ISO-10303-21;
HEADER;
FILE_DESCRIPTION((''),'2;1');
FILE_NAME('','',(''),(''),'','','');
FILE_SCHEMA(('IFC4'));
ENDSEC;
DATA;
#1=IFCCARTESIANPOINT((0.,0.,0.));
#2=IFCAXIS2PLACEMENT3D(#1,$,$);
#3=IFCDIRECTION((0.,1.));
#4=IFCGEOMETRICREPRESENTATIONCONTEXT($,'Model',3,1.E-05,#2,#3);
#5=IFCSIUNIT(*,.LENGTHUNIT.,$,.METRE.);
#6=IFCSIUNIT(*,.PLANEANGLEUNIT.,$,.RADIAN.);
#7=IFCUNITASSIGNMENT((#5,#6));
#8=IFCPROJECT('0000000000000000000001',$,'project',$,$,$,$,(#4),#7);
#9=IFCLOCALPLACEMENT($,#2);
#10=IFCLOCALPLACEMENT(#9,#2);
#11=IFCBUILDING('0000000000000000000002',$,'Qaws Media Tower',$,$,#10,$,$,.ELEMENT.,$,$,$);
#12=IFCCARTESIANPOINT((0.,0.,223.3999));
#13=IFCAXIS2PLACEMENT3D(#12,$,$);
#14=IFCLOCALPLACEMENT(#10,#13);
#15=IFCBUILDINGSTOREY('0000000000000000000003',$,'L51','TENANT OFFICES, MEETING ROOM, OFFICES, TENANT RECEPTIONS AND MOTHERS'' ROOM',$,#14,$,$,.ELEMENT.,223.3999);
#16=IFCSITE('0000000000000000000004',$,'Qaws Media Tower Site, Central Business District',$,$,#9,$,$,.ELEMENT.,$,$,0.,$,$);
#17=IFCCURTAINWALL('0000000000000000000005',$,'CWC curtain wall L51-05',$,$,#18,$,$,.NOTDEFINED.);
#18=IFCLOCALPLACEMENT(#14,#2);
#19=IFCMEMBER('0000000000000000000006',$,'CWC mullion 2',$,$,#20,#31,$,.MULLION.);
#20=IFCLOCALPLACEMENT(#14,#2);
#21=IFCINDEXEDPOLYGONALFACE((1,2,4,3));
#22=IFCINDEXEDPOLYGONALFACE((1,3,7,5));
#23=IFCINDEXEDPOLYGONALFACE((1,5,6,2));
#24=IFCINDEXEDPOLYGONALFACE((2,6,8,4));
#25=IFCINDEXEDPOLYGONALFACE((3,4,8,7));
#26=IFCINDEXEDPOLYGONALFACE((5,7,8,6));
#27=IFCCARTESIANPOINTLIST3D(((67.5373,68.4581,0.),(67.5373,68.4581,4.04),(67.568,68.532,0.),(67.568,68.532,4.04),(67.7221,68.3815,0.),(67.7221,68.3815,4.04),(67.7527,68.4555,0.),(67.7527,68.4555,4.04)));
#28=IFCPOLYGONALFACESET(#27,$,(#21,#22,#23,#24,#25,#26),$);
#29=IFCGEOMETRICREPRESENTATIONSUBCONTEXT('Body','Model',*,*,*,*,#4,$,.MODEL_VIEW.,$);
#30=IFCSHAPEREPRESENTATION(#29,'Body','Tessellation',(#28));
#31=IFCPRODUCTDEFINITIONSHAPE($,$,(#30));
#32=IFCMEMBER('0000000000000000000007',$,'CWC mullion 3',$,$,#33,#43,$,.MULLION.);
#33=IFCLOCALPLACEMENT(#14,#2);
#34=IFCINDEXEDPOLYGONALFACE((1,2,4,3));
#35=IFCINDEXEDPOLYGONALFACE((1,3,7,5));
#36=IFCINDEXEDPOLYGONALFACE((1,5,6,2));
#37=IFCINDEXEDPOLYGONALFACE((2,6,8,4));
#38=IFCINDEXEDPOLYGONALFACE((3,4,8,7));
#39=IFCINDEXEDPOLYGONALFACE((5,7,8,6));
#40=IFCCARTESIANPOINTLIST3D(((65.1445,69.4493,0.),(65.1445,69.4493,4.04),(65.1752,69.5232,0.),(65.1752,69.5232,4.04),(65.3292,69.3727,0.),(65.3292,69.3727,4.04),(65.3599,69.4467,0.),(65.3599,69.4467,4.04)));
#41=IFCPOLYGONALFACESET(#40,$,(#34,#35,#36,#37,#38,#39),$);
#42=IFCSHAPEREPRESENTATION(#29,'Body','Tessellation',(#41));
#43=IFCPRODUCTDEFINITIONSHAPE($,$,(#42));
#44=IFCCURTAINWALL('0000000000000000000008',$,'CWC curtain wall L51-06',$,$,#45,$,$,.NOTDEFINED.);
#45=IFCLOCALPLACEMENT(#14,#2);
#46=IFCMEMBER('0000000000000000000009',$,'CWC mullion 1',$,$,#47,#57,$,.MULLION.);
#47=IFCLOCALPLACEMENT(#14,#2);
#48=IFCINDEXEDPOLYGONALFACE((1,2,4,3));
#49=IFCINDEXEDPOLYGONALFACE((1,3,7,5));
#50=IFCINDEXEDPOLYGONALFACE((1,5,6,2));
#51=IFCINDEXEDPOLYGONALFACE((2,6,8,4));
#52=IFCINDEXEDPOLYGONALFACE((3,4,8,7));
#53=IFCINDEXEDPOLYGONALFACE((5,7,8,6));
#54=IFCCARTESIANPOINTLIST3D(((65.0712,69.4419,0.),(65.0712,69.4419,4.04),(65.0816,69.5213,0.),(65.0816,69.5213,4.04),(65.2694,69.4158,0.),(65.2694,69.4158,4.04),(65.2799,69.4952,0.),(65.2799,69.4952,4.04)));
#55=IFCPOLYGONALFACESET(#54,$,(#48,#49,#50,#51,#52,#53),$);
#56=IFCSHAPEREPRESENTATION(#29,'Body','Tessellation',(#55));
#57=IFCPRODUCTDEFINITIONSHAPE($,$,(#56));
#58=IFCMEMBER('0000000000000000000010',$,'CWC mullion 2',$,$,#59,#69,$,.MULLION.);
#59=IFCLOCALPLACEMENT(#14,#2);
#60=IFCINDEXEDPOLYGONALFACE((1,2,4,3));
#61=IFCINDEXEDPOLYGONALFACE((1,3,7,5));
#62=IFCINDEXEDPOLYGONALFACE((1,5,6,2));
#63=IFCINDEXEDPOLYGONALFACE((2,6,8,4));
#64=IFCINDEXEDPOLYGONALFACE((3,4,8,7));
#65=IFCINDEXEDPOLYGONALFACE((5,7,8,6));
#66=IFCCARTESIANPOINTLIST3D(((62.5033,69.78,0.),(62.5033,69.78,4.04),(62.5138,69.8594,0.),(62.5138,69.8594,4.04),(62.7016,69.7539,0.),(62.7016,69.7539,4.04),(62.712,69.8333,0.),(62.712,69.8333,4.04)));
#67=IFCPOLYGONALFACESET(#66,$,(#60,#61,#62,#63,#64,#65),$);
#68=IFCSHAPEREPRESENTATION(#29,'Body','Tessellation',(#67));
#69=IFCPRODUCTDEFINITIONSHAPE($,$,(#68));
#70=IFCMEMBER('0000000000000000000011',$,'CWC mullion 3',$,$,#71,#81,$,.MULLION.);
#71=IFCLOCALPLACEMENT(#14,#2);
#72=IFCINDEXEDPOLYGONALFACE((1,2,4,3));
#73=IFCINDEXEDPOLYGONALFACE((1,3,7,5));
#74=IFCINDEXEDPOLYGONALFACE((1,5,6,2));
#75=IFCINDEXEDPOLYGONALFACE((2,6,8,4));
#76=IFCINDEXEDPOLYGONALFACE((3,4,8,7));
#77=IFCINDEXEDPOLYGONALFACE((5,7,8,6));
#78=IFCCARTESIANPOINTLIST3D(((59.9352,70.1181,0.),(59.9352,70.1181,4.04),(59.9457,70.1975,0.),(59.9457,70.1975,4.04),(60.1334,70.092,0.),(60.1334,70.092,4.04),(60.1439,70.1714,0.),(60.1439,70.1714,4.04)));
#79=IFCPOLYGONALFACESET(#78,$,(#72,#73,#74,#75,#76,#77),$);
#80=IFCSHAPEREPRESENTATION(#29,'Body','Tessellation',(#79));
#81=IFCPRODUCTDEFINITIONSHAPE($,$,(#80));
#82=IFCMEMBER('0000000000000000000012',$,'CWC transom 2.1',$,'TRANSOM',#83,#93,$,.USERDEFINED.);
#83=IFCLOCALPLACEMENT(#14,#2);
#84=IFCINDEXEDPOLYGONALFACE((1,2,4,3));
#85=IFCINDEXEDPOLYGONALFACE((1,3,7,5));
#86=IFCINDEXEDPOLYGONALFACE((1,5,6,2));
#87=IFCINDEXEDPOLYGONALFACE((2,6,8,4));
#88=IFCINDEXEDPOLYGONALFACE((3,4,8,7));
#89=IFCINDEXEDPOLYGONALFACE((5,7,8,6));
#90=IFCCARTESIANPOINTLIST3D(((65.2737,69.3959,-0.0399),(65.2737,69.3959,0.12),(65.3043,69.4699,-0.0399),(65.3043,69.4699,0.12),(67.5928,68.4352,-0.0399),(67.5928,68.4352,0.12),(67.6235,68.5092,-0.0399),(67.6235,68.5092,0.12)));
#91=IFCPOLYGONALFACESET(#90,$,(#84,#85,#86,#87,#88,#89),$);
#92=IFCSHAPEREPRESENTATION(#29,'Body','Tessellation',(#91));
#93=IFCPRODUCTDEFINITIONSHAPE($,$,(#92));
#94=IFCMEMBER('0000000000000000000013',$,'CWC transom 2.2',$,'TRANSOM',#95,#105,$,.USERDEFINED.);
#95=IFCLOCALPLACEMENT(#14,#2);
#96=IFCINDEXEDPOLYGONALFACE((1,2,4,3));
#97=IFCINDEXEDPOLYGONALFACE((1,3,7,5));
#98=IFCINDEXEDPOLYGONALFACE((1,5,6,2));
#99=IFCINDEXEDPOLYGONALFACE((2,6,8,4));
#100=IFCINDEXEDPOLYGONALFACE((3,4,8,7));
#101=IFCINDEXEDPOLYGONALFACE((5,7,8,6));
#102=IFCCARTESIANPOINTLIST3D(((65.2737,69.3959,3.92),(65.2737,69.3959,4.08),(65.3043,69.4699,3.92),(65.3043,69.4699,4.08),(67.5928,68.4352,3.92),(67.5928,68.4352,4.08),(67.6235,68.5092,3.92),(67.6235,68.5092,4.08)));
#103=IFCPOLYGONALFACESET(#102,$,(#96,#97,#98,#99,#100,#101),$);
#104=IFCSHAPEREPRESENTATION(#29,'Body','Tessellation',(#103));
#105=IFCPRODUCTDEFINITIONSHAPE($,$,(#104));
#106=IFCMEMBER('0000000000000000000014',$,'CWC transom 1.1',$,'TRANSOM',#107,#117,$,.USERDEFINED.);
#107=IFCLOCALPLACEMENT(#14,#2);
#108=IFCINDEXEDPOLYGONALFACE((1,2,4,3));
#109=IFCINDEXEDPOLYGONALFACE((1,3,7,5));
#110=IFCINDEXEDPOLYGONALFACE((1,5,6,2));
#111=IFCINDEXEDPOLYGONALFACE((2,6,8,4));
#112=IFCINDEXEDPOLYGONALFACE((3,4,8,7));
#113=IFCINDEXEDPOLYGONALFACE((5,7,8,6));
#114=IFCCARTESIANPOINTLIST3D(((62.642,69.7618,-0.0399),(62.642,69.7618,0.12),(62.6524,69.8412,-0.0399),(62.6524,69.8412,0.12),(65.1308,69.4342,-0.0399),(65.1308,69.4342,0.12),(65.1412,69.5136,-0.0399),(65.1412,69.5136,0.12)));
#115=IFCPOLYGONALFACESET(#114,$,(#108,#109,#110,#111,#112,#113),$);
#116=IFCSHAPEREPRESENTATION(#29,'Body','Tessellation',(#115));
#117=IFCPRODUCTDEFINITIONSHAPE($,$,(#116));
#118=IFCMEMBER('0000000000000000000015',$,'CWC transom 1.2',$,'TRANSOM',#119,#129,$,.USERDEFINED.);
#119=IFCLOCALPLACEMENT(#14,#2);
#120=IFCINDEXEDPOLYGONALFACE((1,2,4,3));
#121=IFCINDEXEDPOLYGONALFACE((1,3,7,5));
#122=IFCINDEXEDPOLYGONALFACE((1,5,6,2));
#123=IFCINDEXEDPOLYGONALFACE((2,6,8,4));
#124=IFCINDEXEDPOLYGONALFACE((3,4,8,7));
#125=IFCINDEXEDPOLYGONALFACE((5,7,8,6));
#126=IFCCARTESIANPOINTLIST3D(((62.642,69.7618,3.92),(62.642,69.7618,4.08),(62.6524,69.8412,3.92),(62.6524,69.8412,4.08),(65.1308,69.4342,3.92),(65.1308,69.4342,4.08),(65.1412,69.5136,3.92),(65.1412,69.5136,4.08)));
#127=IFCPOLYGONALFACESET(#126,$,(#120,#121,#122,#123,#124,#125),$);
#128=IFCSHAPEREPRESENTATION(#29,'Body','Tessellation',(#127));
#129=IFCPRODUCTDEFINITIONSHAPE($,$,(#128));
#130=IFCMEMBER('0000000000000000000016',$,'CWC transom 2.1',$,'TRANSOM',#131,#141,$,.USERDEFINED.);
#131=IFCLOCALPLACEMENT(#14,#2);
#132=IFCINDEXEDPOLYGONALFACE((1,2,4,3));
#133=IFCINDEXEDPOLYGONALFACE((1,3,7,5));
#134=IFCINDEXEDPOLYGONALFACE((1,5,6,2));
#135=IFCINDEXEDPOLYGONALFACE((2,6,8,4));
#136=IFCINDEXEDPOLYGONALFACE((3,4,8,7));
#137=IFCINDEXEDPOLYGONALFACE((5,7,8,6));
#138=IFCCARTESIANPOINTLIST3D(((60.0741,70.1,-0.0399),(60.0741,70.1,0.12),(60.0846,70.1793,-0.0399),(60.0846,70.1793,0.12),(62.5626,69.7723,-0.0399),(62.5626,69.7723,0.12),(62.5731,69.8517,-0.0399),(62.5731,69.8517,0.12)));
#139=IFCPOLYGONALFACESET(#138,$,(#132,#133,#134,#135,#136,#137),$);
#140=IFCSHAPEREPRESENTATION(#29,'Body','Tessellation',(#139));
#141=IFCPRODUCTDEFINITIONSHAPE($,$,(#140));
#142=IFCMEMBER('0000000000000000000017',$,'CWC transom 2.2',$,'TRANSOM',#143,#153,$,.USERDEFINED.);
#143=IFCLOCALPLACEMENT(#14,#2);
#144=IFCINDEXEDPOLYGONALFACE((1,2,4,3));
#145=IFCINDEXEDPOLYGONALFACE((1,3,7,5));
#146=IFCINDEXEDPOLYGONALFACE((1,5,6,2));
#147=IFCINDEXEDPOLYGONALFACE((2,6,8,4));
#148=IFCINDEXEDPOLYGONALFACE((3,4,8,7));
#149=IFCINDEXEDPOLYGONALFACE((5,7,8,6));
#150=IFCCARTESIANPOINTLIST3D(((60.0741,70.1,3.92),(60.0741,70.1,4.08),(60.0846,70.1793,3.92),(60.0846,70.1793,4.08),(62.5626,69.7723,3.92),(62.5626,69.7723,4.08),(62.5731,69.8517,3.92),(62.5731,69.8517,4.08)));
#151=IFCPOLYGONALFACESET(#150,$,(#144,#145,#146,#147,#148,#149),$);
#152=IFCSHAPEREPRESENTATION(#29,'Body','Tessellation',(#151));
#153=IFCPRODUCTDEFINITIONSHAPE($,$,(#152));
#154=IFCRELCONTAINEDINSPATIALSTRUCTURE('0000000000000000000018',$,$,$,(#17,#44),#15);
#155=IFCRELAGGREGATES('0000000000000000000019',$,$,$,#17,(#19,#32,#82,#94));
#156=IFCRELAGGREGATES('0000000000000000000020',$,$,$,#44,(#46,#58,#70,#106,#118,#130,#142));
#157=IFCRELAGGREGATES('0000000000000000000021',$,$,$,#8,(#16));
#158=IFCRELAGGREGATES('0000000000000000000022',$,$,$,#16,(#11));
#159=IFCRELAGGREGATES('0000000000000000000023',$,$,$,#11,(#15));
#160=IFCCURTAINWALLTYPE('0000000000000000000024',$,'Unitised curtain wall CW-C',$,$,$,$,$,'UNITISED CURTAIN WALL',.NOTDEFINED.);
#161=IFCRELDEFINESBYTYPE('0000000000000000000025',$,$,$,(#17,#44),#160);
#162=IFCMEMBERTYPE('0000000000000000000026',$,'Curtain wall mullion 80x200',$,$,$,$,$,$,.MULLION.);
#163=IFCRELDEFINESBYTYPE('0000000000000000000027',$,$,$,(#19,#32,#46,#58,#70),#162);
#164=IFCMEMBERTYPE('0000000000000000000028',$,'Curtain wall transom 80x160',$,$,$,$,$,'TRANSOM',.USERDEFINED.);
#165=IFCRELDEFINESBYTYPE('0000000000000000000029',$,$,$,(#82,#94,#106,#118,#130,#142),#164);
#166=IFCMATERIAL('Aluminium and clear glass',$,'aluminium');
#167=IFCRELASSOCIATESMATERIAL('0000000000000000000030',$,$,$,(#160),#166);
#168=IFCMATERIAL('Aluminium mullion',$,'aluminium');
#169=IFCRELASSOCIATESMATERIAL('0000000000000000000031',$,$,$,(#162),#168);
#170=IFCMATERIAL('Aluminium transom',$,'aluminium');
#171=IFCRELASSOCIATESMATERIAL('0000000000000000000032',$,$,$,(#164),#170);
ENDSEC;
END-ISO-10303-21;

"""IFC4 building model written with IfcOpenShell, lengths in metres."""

from ifc_helpers import new_model, si_unit, direction, frame, origin, origin_2d, place, context, subcontext, project, spatial, rectangle, extrude, material, material_profile, profile_set, type_object, element, aggregate, save


model = new_model("IFC4")

# Units and contexts
model_context = context("Model", 3, precision=1e-05, world=origin(), true_north=direction((0.0, 1.0)))
body_context = subcontext(model_context, "Body", "Model", "MODEL_VIEW")
ifc_project = project(units=[si_unit("LENGTHUNIT", "METRE"), si_unit("PLANEANGLEUNIT", "RADIAN")], contexts=[model_context])

# Site, building, storey
site_placement = place(None, origin())
site = spatial("IfcSite", under=ifc_project, at=site_placement, Name="Qaws Media Tower Site, Central Business District", CompositionType="ELEMENT", RefElevation=0.0)
building_placement = place(site_placement, origin())
building = spatial("IfcBuilding", under=site, at=building_placement, Name="Qaws Media Tower", CompositionType="ELEMENT")
storey_placement = place(building_placement, frame((0.0, 0.0, 223.3999)))
storey = spatial("IfcBuildingStorey", under=building, at=storey_placement, Name="L51", Description="TENANT OFFICES, MEETING ROOM, OFFICES, TENANT RECEPTIONS AND MOTHERS' ROOM", CompositionType="ELEMENT", Elevation=223.3999)

# Curtain walls, members
ifc_material_1 = material(Name="Aluminium and clear glass", Category="aluminium")
curtain_wall_type = type_object("IfcCurtainWallType", Name="Unitised curtain wall CW-C", ElementType="UNITISED CURTAIN WALL", PredefinedType="NOTDEFINED", material=ifc_material_1)
curtain_wall_1_placement = place(storey_placement, origin())
curtain_wall_1 = element("IfcCurtainWall", 1, at=curtain_wall_1_placement, inside=storey, type_object=curtain_wall_type, Name="CWC curtain wall L51-05", PredefinedType="NOTDEFINED")
ifc_material_2 = material(Name="Aluminium mullion", Category="aluminium")
ifc_material_profile_1 = material_profile(ifc_material_2, rectangle(XDim=0.0801, YDim=0.2, at=origin_2d()), Name="80x200")
ifc_profile_set_1 = profile_set([ifc_material_profile_1], Name="Aluminium mullion")
member_type_1 = type_object("IfcMemberType", Name="Curtain wall mullion 80x200", PredefinedType="MULLION", material=ifc_profile_set_1)
member_1_placement = place(storey_placement, frame((67.645, 68.4568, 0.0), z_axis=(0.0, 0.0, 1.0), x_axis=(-0.382683, -0.92388, 0.0)))
member_1 = element("IfcMember", 2, at=member_1_placement, type_object=member_type_1, Name="CWC mullion 2", PredefinedType="MULLION", context=body_context, shape_type="SweptSolid", body=[
    extrude(rectangle(XDim=0.0801, YDim=0.2, at=origin_2d()), origin(), (0.0, 0.0, 1.0), 4.04),
])
member_2_placement = place(storey_placement, frame((65.2522, 69.448, 0.0), z_axis=(0.0, 0.0, 1.0), x_axis=(-0.382683, -0.92388, 0.0)))
member_2 = element("IfcMember", 3, at=member_2_placement, type_object=member_type_1, Name="CWC mullion 3", PredefinedType="MULLION", context=body_context, shape_type="SweptSolid", body=[
    extrude(rectangle(XDim=0.0801, YDim=0.2, at=origin_2d()), origin(), (0.0, 0.0, 1.0), 4.04),
])
curtain_wall_2_placement = place(storey_placement, origin())
curtain_wall_2 = element("IfcCurtainWall", 4, at=curtain_wall_2_placement, inside=storey, type_object=curtain_wall_type, Name="CWC curtain wall L51-06", PredefinedType="NOTDEFINED")
member_3_placement = place(storey_placement, frame((65.1755, 69.4685, 0.0), z_axis=(0.0, 0.0, 1.0), x_axis=(-0.130526, -0.991445, 0.0)))
member_3 = element("IfcMember", 5, at=member_3_placement, type_object=member_type_1, Name="CWC mullion 1", PredefinedType="MULLION", context=body_context, shape_type="SweptSolid", body=[
    extrude(rectangle(XDim=0.0801, YDim=0.2, at=origin_2d()), origin(), (0.0, 0.0, 1.0), 4.04),
])
member_4_placement = place(storey_placement, frame((62.6077, 69.8066, 0.0), z_axis=(0.0, 0.0, 1.0), x_axis=(-0.130526, -0.991445, 0.0)))
member_4 = element("IfcMember", 6, at=member_4_placement, type_object=member_type_1, Name="CWC mullion 2", PredefinedType="MULLION", context=body_context, shape_type="SweptSolid", body=[
    extrude(rectangle(XDim=0.0801, YDim=0.2, at=origin_2d()), origin(), (0.0, 0.0, 1.0), 4.04),
])
member_5_placement = place(storey_placement, frame((60.0396, 70.1448, 0.0), z_axis=(0.0, 0.0, 1.0), x_axis=(-0.130526, -0.991445, 0.0)))
member_5 = element("IfcMember", 7, at=member_5_placement, type_object=member_type_1, Name="CWC mullion 3", PredefinedType="MULLION", context=body_context, shape_type="SweptSolid", body=[
    extrude(rectangle(XDim=0.0801, YDim=0.2, at=origin_2d()), origin(), (0.0, 0.0, 1.0), 4.04),
])

# Members
ifc_material_3 = material(Name="Aluminium transom", Category="aluminium")
ifc_material_profile_2 = material_profile(ifc_material_3, rectangle(XDim=0.0801, YDim=0.1599, at=origin_2d()), Name="80x160")
ifc_profile_set_2 = profile_set([ifc_material_profile_2], Name="Aluminium transom")
member_type_2 = type_object("IfcMemberType", Name="Curtain wall transom 80x160", ElementType="TRANSOM", PredefinedType="USERDEFINED", material=ifc_profile_set_2)
member_6_placement = place(storey_placement, frame((67.6082, 68.4722, 0.04), z_axis=(-0.923866, 0.382715, 0.0), x_axis=(-0.382715, -0.923866, 0.0)))
member_6 = element("IfcMember", 8, at=member_6_placement, type_object=member_type_2, Name="CWC transom 2.1", ObjectType="TRANSOM", PredefinedType="USERDEFINED", context=body_context, shape_type="SweptSolid", body=[
    extrude(rectangle(XDim=0.0801, YDim=0.1599, at=origin_2d()), origin(), (0.0, 0.0, 1.0), 2.5103),
])
member_7_placement = place(storey_placement, frame((67.6082, 68.4722, 4.0), z_axis=(-0.923866, 0.382715, 0.0), x_axis=(-0.382715, -0.923866, 0.0)))
member_7 = element("IfcMember", 9, at=member_7_placement, type_object=member_type_2, Name="CWC transom 2.2", ObjectType="TRANSOM", PredefinedType="USERDEFINED", context=body_context, shape_type="SweptSolid", body=[
    extrude(rectangle(XDim=0.0801, YDim=0.1599, at=origin_2d()), origin(), (0.0, 0.0, 1.0), 2.5103),
])
member_8_placement = place(storey_placement, frame((65.136, 69.4739, 0.04), z_axis=(-0.991446, 0.13052, 0.0), x_axis=(-0.13052, -0.991446, 0.0)))
member_8 = element("IfcMember", 10, at=member_8_placement, type_object=member_type_2, Name="CWC transom 1.1", ObjectType="TRANSOM", PredefinedType="USERDEFINED", context=body_context, shape_type="SweptSolid", body=[
    extrude(rectangle(XDim=0.0801, YDim=0.1599, at=origin_2d()), origin(), (0.0, 0.0, 1.0), 2.5103),
])
member_9_placement = place(storey_placement, frame((65.136, 69.4739, 4.0), z_axis=(-0.991446, 0.13052, 0.0), x_axis=(-0.13052, -0.991446, 0.0)))
member_9 = element("IfcMember", 11, at=member_9_placement, type_object=member_type_2, Name="CWC transom 1.2", ObjectType="TRANSOM", PredefinedType="USERDEFINED", context=body_context, shape_type="SweptSolid", body=[
    extrude(rectangle(XDim=0.0801, YDim=0.1599, at=origin_2d()), origin(), (0.0, 0.0, 1.0), 2.5103),
])
member_10_placement = place(storey_placement, frame((62.5679, 69.812, 0.04), z_axis=(-0.991444, 0.130533, 0.0), x_axis=(-0.130533, -0.991444, 0.0)))
member_10 = element("IfcMember", 12, at=member_10_placement, type_object=member_type_2, Name="CWC transom 2.1", ObjectType="TRANSOM", PredefinedType="USERDEFINED", context=body_context, shape_type="SweptSolid", body=[
    extrude(rectangle(XDim=0.0801, YDim=0.1599, at=origin_2d()), origin(), (0.0, 0.0, 1.0), 2.51),
])
member_11_placement = place(storey_placement, frame((62.5679, 69.812, 4.0), z_axis=(-0.991444, 0.130533, 0.0), x_axis=(-0.130533, -0.991444, 0.0)))
member_11 = element("IfcMember", 13, at=member_11_placement, type_object=member_type_2, Name="CWC transom 2.2", ObjectType="TRANSOM", PredefinedType="USERDEFINED", context=body_context, shape_type="SweptSolid", body=[
    extrude(rectangle(XDim=0.0801, YDim=0.1599, at=origin_2d()), origin(), (0.0, 0.0, 1.0), 2.51),
])

aggregate(curtain_wall_1, [member_1, member_2, member_6, member_7])
aggregate(curtain_wall_2, [member_3, member_4, member_5, member_8, member_9, member_10, member_11])

save(model, "model.ifc")
